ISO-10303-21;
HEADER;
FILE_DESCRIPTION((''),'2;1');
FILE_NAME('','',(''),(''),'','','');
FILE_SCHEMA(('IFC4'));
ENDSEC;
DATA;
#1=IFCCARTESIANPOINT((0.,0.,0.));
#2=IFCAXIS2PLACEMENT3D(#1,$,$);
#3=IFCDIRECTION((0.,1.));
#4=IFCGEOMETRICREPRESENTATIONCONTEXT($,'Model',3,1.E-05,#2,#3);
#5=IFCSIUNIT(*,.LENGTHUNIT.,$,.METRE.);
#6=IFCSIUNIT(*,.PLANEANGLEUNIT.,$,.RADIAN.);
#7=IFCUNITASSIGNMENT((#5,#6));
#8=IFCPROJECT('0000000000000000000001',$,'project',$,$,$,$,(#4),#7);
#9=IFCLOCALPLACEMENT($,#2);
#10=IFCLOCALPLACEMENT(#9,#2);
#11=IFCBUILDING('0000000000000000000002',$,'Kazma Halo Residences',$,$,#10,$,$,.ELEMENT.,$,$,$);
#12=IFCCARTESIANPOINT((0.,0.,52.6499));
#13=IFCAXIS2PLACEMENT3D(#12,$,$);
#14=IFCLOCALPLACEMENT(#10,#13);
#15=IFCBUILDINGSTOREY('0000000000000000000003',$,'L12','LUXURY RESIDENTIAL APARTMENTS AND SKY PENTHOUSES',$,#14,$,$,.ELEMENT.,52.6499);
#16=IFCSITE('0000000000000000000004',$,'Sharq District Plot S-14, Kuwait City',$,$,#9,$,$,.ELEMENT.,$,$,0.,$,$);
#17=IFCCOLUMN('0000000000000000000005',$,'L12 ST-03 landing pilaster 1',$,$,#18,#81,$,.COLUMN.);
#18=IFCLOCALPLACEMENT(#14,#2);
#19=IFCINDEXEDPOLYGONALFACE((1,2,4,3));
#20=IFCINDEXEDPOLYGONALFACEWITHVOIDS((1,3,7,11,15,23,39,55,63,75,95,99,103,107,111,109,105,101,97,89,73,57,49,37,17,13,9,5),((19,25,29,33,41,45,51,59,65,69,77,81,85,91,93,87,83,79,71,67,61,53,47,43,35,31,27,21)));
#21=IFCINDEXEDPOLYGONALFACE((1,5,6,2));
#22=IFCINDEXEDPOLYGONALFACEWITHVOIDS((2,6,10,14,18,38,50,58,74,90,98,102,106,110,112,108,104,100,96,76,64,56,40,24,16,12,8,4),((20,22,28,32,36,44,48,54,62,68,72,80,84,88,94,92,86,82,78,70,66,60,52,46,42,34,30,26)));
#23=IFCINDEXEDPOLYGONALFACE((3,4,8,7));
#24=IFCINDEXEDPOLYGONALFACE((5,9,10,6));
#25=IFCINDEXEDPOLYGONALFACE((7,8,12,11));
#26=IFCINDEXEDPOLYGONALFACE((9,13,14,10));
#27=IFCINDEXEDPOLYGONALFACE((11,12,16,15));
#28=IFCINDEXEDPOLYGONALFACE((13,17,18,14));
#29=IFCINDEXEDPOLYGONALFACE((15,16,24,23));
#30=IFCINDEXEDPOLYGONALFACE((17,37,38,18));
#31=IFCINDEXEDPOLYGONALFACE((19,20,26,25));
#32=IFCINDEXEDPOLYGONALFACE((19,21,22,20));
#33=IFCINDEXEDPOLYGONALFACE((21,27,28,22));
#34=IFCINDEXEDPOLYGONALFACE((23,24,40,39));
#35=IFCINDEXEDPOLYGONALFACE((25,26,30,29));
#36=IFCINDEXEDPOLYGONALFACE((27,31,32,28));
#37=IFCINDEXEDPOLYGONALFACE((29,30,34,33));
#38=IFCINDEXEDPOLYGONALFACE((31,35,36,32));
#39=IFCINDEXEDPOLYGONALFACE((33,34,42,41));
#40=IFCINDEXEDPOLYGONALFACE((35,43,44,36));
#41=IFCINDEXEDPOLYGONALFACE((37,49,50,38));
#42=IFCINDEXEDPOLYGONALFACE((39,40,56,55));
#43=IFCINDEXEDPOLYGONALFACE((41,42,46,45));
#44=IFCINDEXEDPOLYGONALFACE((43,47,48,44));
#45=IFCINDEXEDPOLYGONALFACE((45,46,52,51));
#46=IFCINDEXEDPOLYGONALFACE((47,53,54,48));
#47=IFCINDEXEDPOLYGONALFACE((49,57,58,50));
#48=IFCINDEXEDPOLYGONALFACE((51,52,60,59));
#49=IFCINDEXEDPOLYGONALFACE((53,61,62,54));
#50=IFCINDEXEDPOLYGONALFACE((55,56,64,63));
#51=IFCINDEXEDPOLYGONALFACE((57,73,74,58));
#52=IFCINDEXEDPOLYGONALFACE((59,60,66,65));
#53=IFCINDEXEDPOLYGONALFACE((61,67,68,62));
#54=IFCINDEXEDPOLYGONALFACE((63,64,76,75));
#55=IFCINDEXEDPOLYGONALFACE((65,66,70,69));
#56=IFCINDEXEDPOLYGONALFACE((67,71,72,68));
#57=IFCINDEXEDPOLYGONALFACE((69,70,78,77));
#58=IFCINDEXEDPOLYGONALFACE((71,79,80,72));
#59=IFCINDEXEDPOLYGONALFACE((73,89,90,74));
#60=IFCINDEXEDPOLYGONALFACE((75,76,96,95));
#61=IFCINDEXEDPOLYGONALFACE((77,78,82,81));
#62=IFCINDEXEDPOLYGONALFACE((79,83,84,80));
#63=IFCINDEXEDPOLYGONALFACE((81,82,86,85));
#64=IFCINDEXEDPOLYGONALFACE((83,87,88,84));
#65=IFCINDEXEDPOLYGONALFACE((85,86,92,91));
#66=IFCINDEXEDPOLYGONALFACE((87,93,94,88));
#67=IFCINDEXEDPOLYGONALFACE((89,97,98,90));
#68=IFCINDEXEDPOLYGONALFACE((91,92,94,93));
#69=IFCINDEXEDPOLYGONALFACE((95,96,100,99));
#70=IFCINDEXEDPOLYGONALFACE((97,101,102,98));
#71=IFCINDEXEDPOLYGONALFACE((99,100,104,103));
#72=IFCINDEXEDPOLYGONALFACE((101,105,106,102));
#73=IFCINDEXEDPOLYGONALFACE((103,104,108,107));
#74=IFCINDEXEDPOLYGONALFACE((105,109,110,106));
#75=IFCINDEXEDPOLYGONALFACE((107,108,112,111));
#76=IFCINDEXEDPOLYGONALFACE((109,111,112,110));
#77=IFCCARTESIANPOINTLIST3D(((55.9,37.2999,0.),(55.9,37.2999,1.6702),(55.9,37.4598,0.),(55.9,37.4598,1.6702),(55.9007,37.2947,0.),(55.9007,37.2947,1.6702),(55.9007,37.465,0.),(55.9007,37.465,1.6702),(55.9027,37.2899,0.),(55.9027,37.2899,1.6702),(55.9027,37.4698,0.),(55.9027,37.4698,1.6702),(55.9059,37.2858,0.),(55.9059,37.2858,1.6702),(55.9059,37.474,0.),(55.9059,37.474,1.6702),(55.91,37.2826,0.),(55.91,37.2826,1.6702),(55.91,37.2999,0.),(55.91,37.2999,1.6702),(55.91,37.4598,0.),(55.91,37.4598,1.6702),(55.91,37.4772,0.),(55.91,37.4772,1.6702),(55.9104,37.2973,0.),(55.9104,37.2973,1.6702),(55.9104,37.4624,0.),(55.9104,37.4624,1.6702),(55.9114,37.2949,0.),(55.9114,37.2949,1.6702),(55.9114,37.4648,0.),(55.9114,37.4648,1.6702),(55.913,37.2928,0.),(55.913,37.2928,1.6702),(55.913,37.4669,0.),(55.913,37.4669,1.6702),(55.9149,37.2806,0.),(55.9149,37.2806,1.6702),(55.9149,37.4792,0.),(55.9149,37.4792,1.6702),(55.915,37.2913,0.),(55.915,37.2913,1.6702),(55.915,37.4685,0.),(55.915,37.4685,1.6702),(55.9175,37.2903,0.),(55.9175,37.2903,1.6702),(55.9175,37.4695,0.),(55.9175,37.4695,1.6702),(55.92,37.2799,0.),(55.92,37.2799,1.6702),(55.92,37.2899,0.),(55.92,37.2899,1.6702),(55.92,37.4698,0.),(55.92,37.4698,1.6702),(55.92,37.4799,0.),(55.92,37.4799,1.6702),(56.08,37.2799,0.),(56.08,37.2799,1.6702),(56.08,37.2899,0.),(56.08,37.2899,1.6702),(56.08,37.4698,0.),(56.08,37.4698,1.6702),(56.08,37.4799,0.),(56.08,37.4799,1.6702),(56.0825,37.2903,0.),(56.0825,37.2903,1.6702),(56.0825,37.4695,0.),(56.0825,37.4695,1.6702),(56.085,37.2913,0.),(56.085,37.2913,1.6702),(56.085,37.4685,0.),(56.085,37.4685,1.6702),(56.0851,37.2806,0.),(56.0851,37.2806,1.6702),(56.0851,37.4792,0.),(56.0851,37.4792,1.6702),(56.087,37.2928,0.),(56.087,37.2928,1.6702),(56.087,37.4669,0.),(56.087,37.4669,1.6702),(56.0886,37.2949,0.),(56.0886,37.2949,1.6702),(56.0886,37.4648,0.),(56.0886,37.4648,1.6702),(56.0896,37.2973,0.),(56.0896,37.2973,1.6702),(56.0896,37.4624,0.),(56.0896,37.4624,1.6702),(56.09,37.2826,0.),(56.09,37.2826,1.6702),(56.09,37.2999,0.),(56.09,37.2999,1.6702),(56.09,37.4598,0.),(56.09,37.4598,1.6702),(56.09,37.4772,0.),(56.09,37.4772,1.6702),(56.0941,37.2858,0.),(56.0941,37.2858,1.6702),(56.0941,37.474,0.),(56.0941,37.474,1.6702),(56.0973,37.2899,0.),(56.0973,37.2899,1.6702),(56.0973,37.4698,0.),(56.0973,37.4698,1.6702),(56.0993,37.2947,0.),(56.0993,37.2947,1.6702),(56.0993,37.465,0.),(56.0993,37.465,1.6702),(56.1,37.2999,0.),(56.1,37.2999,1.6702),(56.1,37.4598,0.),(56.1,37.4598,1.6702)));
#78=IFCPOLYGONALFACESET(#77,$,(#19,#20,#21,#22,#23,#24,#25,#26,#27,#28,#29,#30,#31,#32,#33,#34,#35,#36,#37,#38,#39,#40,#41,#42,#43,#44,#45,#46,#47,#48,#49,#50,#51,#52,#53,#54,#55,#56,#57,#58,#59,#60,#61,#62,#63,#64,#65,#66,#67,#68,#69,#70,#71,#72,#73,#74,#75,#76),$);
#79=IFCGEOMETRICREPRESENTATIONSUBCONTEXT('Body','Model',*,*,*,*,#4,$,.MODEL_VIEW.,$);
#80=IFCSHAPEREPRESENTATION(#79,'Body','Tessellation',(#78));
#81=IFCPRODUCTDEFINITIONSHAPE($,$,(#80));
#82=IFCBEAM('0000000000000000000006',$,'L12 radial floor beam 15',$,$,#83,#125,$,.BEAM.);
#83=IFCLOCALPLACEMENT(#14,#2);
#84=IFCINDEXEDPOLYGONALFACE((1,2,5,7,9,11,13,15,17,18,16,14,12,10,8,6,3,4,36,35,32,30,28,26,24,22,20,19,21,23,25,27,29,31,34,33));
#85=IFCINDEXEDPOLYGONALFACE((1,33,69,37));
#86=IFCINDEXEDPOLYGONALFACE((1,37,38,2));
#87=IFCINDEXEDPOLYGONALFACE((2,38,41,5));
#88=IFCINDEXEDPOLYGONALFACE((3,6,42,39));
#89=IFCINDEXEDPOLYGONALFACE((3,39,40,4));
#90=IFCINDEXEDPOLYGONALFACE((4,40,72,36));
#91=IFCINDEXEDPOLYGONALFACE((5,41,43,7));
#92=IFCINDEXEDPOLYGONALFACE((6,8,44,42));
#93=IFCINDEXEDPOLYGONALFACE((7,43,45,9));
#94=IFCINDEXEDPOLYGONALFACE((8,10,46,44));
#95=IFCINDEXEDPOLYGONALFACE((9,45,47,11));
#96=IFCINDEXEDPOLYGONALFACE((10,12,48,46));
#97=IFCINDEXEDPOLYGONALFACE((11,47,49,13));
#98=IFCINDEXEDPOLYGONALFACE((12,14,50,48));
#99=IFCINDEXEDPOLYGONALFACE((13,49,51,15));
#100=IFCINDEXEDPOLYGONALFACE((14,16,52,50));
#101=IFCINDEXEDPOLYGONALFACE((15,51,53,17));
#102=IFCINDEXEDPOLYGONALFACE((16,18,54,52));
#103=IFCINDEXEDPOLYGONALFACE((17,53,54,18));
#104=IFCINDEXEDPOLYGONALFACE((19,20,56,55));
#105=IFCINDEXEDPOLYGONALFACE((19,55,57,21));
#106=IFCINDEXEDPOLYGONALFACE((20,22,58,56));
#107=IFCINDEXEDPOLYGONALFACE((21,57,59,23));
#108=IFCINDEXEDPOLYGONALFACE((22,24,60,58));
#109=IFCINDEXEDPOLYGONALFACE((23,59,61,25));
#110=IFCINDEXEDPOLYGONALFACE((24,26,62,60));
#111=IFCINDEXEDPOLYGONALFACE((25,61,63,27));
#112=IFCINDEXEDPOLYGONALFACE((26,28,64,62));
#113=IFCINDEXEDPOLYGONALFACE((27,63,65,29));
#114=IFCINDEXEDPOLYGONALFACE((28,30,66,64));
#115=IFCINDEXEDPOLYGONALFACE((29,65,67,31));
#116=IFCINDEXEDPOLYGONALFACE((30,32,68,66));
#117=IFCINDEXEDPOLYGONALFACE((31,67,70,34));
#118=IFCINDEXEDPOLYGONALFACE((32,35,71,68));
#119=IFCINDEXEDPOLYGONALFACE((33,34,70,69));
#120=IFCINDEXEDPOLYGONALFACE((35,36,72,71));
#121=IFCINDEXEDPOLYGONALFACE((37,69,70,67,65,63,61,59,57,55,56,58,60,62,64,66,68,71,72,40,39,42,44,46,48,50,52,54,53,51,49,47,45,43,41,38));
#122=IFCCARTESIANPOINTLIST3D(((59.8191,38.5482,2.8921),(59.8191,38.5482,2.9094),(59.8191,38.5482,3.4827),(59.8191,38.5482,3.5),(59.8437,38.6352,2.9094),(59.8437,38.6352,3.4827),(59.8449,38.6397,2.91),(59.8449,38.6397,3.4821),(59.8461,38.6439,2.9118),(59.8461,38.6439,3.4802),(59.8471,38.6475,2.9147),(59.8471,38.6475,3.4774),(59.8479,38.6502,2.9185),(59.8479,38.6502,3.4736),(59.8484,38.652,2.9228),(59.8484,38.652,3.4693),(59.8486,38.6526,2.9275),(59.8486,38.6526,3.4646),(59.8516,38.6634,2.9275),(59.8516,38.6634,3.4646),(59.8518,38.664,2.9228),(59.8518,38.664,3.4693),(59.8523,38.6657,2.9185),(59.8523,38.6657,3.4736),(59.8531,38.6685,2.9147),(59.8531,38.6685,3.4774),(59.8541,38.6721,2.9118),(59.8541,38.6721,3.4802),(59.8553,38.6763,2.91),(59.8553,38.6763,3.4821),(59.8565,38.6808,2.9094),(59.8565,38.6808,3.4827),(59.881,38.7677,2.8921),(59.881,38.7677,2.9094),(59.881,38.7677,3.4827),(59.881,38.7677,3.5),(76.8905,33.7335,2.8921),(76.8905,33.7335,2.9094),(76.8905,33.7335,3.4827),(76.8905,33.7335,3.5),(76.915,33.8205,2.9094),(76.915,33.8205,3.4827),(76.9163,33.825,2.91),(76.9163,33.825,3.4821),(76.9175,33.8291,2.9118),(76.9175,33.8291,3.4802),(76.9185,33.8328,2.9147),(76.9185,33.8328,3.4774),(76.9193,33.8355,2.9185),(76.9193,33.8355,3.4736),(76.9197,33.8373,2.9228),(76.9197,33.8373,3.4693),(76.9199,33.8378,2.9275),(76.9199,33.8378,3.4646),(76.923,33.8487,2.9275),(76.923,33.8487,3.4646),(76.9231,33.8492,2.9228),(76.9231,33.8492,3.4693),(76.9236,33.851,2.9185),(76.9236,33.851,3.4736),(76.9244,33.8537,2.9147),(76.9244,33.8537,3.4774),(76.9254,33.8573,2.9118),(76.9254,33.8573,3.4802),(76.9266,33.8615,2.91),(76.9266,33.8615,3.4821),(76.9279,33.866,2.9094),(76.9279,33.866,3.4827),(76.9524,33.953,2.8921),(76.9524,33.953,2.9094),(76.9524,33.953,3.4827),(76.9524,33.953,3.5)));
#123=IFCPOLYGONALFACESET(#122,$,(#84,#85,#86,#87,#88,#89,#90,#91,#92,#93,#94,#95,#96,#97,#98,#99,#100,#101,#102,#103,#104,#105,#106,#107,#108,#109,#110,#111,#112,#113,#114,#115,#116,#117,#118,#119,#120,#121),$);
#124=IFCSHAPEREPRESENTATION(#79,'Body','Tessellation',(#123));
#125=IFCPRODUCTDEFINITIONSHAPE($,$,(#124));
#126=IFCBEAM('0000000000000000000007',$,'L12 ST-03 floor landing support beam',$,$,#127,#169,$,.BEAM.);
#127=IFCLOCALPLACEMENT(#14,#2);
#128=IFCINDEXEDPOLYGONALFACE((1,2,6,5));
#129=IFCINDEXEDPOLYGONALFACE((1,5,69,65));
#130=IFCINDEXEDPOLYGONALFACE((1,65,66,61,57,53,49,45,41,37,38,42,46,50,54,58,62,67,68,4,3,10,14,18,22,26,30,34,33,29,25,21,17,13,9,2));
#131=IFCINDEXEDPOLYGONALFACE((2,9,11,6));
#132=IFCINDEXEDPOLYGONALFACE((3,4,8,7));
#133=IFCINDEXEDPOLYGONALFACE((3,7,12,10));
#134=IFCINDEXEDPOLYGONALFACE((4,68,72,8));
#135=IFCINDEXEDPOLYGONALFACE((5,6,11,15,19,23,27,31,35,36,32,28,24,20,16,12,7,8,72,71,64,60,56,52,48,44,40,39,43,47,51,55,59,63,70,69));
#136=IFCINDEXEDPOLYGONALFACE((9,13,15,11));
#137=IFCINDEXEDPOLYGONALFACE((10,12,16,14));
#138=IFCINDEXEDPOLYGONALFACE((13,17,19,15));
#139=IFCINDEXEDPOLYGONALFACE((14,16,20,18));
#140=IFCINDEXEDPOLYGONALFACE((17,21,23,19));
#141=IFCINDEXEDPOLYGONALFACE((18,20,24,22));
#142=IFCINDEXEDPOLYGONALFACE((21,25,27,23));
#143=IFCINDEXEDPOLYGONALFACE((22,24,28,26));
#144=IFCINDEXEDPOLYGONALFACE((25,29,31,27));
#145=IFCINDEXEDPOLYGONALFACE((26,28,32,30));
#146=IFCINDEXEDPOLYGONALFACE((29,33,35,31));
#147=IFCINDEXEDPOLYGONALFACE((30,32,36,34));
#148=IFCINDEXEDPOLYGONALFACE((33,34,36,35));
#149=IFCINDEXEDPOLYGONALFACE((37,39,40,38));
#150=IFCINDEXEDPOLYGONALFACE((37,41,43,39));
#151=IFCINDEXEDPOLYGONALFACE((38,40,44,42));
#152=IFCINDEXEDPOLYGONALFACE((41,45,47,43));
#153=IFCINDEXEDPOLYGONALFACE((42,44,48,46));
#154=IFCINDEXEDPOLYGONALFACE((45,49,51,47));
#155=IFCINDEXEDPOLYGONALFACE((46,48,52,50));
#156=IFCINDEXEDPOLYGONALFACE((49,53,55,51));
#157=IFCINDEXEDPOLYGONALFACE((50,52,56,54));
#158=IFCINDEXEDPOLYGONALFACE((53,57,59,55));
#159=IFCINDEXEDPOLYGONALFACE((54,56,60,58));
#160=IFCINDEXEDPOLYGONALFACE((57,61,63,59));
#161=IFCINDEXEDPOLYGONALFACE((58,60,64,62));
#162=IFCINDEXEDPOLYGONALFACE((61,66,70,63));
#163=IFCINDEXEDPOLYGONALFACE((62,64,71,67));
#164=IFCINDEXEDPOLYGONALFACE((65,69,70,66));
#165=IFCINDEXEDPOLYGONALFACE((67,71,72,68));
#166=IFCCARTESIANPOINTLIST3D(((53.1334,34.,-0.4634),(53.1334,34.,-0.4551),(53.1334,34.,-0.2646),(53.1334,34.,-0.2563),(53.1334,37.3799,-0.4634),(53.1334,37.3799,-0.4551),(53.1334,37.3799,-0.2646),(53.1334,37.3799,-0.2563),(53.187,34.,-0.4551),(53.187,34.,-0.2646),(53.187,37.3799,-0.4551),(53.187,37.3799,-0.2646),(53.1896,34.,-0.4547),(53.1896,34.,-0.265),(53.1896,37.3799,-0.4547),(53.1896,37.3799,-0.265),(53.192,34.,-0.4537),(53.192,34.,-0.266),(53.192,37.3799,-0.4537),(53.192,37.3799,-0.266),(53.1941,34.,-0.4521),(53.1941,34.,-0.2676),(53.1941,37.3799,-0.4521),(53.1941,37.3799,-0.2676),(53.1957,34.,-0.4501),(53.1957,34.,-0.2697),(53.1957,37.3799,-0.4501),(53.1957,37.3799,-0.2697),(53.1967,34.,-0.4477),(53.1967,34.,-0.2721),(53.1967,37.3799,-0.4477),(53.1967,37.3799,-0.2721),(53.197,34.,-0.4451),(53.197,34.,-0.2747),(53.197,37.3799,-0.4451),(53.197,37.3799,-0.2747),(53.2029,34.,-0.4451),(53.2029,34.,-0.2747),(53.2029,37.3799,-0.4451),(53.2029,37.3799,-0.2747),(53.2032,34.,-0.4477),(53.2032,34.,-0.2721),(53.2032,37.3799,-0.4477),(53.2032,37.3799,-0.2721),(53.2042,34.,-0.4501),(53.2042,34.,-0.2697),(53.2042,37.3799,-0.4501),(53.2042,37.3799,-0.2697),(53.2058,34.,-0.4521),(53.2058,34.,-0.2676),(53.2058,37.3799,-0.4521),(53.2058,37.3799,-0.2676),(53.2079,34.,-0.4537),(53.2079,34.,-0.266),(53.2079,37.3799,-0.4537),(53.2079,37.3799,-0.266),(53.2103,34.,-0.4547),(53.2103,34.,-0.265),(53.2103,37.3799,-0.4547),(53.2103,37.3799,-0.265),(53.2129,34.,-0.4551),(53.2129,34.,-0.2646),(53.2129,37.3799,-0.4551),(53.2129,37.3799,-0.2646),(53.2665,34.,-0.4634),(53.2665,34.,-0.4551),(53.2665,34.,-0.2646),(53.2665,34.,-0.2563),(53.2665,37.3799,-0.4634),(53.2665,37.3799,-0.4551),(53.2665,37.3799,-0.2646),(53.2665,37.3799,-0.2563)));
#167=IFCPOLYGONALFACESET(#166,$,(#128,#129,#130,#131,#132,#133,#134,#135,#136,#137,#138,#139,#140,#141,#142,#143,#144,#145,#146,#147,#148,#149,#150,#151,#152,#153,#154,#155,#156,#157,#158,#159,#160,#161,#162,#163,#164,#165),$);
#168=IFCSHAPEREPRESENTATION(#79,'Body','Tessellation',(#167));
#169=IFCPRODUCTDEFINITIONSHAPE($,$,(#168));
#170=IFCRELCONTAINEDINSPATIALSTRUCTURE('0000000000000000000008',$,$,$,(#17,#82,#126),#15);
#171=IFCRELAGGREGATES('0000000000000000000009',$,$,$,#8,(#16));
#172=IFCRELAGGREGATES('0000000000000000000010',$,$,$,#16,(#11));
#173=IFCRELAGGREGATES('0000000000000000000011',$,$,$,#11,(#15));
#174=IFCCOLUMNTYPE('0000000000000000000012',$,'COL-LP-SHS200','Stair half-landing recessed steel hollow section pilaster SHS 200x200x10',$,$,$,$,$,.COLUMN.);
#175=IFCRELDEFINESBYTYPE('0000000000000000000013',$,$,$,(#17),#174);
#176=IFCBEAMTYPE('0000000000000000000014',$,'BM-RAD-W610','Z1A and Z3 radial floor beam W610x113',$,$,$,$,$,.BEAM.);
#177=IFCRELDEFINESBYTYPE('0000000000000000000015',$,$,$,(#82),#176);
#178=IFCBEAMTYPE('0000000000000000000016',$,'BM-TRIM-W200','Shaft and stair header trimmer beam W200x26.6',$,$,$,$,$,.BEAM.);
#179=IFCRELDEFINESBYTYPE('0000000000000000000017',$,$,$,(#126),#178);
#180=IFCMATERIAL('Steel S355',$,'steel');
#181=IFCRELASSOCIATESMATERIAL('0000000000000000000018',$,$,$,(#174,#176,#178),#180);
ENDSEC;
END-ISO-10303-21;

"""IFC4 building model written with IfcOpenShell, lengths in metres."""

from ifc_helpers import new_model, si_unit, direction, frame, origin, origin_2d, place, context, subcontext, project, spatial, hollow_rectangle, i_section, extrude, material, material_profile, profile_set, type_object, element, save


model = new_model("IFC4")

# Units and contexts
model_context = context("Model", 3, precision=1e-05, world=origin(), true_north=direction((0.0, 1.0)))
body_context = subcontext(model_context, "Body", "Model", "MODEL_VIEW")
ifc_project = project(units=[si_unit("LENGTHUNIT", "METRE"), si_unit("PLANEANGLEUNIT", "RADIAN")], contexts=[model_context])

# Site, building, storey
site_placement = place(None, origin())
site = spatial("IfcSite", under=ifc_project, at=site_placement, Name="Sharq District Plot S-14, Kuwait City", CompositionType="ELEMENT", RefElevation=0.0)
building_placement = place(site_placement, origin())
building = spatial("IfcBuilding", under=site, at=building_placement, Name="Kazma Halo Residences", CompositionType="ELEMENT")
storey_placement = place(building_placement, frame((0.0, 0.0, 52.6499)))
storey = spatial("IfcBuildingStorey", under=building, at=storey_placement, Name="L12", Description="LUXURY RESIDENTIAL APARTMENTS AND SKY PENTHOUSES", CompositionType="ELEMENT", Elevation=52.6499)

# Column
ifc_material_1 = material(Name="Steel S355", Category="steel")
ifc_material_profile_1 = material_profile(ifc_material_1, hollow_rectangle(XDim=0.2, YDim=0.2, WallThickness=0.01, InnerFilletRadius=0.01, OuterFilletRadius=0.02, at=origin_2d()), Name="SHS200x200x10")
ifc_profile_set_1 = profile_set([ifc_material_profile_1], Name="Steel S355")
column_type = type_object("IfcColumnType", Name="COL-LP-SHS200", Description="Stair half-landing recessed steel hollow section pilaster SHS 200x200x10", PredefinedType="COLUMN", material=ifc_profile_set_1)
column_placement = place(storey_placement, frame((56.0, 37.3799, 0.0), z_axis=(0.0, 0.0, 1.0), x_axis=(1.0, 0.0, 0.0)))
element("IfcColumn", 1, at=column_placement, inside=storey, type_object=column_type, Name="L12 ST-03 landing pilaster 1", PredefinedType="COLUMN", context=body_context, shape_type="SweptSolid", body=[
    extrude(hollow_rectangle(XDim=0.2, YDim=0.2, WallThickness=0.01, InnerFilletRadius=0.01, OuterFilletRadius=0.02, at=origin_2d()), origin(), (0.0, 0.0, 1.0), 1.6702),
])

# Beams
ifc_material_profile_2 = material_profile(ifc_material_1, i_section(OverallWidth=0.228, OverallDepth=0.6079, WebThickness=0.0112, FlangeThickness=0.0173, FilletRadius=0.0181, at=origin_2d()), Name="W610x113")
ifc_profile_set_2 = profile_set([ifc_material_profile_2], Name="Steel S355")
beam_type_1 = type_object("IfcBeamType", Name="BM-RAD-W610", Description="Z1A and Z3 radial floor beam W610x113", PredefinedType="BEAM", material=ifc_profile_set_2)
beam_1_placement = place(storey_placement, frame((59.8501, 38.658, 3.196), z_axis=(0.962454, -0.271445, 0.0), x_axis=(0.271445, 0.962454, 0.0)))
element("IfcBeam", 2, at=beam_1_placement, inside=storey, type_object=beam_type_1, Name="L12 radial floor beam 15", PredefinedType="BEAM", context=body_context, shape_type="SweptSolid", body=[
    extrude(i_section(OverallWidth=0.228, OverallDepth=0.6079, WebThickness=0.0112, FlangeThickness=0.0173, FilletRadius=0.0181, at=origin_2d()), origin(), (0.0, 0.0, 1.0), 17.7373),
])
ifc_material_profile_3 = material_profile(ifc_material_1, i_section(OverallWidth=0.1331, OverallDepth=0.207, WebThickness=0.0059, FlangeThickness=0.0083, FilletRadius=0.01, at=origin_2d()), Name="W200x26.6")
ifc_profile_set_3 = profile_set([ifc_material_profile_3], Name="Steel S355")
beam_type_2 = type_object("IfcBeamType", Name="BM-TRIM-W200", Description="Shaft and stair header trimmer beam W200x26.6", PredefinedType="BEAM", material=ifc_profile_set_3)
beam_2_placement = place(storey_placement, frame((53.2, 34.0, -0.3599), z_axis=(0.0, 1.0, 0.0), x_axis=(-1.0, 0.0, 0.0)))
element("IfcBeam", 3, at=beam_2_placement, inside=storey, type_object=beam_type_2, Name="L12 ST-03 floor landing support beam", PredefinedType="BEAM", context=body_context, shape_type="SweptSolid", body=[
    extrude(i_section(OverallWidth=0.1331, OverallDepth=0.207, WebThickness=0.0059, FlangeThickness=0.0083, FilletRadius=0.01, at=origin_2d()), origin(), (0.0, 0.0, 1.0), 3.3799),
])

save(model, "model.ifc")
